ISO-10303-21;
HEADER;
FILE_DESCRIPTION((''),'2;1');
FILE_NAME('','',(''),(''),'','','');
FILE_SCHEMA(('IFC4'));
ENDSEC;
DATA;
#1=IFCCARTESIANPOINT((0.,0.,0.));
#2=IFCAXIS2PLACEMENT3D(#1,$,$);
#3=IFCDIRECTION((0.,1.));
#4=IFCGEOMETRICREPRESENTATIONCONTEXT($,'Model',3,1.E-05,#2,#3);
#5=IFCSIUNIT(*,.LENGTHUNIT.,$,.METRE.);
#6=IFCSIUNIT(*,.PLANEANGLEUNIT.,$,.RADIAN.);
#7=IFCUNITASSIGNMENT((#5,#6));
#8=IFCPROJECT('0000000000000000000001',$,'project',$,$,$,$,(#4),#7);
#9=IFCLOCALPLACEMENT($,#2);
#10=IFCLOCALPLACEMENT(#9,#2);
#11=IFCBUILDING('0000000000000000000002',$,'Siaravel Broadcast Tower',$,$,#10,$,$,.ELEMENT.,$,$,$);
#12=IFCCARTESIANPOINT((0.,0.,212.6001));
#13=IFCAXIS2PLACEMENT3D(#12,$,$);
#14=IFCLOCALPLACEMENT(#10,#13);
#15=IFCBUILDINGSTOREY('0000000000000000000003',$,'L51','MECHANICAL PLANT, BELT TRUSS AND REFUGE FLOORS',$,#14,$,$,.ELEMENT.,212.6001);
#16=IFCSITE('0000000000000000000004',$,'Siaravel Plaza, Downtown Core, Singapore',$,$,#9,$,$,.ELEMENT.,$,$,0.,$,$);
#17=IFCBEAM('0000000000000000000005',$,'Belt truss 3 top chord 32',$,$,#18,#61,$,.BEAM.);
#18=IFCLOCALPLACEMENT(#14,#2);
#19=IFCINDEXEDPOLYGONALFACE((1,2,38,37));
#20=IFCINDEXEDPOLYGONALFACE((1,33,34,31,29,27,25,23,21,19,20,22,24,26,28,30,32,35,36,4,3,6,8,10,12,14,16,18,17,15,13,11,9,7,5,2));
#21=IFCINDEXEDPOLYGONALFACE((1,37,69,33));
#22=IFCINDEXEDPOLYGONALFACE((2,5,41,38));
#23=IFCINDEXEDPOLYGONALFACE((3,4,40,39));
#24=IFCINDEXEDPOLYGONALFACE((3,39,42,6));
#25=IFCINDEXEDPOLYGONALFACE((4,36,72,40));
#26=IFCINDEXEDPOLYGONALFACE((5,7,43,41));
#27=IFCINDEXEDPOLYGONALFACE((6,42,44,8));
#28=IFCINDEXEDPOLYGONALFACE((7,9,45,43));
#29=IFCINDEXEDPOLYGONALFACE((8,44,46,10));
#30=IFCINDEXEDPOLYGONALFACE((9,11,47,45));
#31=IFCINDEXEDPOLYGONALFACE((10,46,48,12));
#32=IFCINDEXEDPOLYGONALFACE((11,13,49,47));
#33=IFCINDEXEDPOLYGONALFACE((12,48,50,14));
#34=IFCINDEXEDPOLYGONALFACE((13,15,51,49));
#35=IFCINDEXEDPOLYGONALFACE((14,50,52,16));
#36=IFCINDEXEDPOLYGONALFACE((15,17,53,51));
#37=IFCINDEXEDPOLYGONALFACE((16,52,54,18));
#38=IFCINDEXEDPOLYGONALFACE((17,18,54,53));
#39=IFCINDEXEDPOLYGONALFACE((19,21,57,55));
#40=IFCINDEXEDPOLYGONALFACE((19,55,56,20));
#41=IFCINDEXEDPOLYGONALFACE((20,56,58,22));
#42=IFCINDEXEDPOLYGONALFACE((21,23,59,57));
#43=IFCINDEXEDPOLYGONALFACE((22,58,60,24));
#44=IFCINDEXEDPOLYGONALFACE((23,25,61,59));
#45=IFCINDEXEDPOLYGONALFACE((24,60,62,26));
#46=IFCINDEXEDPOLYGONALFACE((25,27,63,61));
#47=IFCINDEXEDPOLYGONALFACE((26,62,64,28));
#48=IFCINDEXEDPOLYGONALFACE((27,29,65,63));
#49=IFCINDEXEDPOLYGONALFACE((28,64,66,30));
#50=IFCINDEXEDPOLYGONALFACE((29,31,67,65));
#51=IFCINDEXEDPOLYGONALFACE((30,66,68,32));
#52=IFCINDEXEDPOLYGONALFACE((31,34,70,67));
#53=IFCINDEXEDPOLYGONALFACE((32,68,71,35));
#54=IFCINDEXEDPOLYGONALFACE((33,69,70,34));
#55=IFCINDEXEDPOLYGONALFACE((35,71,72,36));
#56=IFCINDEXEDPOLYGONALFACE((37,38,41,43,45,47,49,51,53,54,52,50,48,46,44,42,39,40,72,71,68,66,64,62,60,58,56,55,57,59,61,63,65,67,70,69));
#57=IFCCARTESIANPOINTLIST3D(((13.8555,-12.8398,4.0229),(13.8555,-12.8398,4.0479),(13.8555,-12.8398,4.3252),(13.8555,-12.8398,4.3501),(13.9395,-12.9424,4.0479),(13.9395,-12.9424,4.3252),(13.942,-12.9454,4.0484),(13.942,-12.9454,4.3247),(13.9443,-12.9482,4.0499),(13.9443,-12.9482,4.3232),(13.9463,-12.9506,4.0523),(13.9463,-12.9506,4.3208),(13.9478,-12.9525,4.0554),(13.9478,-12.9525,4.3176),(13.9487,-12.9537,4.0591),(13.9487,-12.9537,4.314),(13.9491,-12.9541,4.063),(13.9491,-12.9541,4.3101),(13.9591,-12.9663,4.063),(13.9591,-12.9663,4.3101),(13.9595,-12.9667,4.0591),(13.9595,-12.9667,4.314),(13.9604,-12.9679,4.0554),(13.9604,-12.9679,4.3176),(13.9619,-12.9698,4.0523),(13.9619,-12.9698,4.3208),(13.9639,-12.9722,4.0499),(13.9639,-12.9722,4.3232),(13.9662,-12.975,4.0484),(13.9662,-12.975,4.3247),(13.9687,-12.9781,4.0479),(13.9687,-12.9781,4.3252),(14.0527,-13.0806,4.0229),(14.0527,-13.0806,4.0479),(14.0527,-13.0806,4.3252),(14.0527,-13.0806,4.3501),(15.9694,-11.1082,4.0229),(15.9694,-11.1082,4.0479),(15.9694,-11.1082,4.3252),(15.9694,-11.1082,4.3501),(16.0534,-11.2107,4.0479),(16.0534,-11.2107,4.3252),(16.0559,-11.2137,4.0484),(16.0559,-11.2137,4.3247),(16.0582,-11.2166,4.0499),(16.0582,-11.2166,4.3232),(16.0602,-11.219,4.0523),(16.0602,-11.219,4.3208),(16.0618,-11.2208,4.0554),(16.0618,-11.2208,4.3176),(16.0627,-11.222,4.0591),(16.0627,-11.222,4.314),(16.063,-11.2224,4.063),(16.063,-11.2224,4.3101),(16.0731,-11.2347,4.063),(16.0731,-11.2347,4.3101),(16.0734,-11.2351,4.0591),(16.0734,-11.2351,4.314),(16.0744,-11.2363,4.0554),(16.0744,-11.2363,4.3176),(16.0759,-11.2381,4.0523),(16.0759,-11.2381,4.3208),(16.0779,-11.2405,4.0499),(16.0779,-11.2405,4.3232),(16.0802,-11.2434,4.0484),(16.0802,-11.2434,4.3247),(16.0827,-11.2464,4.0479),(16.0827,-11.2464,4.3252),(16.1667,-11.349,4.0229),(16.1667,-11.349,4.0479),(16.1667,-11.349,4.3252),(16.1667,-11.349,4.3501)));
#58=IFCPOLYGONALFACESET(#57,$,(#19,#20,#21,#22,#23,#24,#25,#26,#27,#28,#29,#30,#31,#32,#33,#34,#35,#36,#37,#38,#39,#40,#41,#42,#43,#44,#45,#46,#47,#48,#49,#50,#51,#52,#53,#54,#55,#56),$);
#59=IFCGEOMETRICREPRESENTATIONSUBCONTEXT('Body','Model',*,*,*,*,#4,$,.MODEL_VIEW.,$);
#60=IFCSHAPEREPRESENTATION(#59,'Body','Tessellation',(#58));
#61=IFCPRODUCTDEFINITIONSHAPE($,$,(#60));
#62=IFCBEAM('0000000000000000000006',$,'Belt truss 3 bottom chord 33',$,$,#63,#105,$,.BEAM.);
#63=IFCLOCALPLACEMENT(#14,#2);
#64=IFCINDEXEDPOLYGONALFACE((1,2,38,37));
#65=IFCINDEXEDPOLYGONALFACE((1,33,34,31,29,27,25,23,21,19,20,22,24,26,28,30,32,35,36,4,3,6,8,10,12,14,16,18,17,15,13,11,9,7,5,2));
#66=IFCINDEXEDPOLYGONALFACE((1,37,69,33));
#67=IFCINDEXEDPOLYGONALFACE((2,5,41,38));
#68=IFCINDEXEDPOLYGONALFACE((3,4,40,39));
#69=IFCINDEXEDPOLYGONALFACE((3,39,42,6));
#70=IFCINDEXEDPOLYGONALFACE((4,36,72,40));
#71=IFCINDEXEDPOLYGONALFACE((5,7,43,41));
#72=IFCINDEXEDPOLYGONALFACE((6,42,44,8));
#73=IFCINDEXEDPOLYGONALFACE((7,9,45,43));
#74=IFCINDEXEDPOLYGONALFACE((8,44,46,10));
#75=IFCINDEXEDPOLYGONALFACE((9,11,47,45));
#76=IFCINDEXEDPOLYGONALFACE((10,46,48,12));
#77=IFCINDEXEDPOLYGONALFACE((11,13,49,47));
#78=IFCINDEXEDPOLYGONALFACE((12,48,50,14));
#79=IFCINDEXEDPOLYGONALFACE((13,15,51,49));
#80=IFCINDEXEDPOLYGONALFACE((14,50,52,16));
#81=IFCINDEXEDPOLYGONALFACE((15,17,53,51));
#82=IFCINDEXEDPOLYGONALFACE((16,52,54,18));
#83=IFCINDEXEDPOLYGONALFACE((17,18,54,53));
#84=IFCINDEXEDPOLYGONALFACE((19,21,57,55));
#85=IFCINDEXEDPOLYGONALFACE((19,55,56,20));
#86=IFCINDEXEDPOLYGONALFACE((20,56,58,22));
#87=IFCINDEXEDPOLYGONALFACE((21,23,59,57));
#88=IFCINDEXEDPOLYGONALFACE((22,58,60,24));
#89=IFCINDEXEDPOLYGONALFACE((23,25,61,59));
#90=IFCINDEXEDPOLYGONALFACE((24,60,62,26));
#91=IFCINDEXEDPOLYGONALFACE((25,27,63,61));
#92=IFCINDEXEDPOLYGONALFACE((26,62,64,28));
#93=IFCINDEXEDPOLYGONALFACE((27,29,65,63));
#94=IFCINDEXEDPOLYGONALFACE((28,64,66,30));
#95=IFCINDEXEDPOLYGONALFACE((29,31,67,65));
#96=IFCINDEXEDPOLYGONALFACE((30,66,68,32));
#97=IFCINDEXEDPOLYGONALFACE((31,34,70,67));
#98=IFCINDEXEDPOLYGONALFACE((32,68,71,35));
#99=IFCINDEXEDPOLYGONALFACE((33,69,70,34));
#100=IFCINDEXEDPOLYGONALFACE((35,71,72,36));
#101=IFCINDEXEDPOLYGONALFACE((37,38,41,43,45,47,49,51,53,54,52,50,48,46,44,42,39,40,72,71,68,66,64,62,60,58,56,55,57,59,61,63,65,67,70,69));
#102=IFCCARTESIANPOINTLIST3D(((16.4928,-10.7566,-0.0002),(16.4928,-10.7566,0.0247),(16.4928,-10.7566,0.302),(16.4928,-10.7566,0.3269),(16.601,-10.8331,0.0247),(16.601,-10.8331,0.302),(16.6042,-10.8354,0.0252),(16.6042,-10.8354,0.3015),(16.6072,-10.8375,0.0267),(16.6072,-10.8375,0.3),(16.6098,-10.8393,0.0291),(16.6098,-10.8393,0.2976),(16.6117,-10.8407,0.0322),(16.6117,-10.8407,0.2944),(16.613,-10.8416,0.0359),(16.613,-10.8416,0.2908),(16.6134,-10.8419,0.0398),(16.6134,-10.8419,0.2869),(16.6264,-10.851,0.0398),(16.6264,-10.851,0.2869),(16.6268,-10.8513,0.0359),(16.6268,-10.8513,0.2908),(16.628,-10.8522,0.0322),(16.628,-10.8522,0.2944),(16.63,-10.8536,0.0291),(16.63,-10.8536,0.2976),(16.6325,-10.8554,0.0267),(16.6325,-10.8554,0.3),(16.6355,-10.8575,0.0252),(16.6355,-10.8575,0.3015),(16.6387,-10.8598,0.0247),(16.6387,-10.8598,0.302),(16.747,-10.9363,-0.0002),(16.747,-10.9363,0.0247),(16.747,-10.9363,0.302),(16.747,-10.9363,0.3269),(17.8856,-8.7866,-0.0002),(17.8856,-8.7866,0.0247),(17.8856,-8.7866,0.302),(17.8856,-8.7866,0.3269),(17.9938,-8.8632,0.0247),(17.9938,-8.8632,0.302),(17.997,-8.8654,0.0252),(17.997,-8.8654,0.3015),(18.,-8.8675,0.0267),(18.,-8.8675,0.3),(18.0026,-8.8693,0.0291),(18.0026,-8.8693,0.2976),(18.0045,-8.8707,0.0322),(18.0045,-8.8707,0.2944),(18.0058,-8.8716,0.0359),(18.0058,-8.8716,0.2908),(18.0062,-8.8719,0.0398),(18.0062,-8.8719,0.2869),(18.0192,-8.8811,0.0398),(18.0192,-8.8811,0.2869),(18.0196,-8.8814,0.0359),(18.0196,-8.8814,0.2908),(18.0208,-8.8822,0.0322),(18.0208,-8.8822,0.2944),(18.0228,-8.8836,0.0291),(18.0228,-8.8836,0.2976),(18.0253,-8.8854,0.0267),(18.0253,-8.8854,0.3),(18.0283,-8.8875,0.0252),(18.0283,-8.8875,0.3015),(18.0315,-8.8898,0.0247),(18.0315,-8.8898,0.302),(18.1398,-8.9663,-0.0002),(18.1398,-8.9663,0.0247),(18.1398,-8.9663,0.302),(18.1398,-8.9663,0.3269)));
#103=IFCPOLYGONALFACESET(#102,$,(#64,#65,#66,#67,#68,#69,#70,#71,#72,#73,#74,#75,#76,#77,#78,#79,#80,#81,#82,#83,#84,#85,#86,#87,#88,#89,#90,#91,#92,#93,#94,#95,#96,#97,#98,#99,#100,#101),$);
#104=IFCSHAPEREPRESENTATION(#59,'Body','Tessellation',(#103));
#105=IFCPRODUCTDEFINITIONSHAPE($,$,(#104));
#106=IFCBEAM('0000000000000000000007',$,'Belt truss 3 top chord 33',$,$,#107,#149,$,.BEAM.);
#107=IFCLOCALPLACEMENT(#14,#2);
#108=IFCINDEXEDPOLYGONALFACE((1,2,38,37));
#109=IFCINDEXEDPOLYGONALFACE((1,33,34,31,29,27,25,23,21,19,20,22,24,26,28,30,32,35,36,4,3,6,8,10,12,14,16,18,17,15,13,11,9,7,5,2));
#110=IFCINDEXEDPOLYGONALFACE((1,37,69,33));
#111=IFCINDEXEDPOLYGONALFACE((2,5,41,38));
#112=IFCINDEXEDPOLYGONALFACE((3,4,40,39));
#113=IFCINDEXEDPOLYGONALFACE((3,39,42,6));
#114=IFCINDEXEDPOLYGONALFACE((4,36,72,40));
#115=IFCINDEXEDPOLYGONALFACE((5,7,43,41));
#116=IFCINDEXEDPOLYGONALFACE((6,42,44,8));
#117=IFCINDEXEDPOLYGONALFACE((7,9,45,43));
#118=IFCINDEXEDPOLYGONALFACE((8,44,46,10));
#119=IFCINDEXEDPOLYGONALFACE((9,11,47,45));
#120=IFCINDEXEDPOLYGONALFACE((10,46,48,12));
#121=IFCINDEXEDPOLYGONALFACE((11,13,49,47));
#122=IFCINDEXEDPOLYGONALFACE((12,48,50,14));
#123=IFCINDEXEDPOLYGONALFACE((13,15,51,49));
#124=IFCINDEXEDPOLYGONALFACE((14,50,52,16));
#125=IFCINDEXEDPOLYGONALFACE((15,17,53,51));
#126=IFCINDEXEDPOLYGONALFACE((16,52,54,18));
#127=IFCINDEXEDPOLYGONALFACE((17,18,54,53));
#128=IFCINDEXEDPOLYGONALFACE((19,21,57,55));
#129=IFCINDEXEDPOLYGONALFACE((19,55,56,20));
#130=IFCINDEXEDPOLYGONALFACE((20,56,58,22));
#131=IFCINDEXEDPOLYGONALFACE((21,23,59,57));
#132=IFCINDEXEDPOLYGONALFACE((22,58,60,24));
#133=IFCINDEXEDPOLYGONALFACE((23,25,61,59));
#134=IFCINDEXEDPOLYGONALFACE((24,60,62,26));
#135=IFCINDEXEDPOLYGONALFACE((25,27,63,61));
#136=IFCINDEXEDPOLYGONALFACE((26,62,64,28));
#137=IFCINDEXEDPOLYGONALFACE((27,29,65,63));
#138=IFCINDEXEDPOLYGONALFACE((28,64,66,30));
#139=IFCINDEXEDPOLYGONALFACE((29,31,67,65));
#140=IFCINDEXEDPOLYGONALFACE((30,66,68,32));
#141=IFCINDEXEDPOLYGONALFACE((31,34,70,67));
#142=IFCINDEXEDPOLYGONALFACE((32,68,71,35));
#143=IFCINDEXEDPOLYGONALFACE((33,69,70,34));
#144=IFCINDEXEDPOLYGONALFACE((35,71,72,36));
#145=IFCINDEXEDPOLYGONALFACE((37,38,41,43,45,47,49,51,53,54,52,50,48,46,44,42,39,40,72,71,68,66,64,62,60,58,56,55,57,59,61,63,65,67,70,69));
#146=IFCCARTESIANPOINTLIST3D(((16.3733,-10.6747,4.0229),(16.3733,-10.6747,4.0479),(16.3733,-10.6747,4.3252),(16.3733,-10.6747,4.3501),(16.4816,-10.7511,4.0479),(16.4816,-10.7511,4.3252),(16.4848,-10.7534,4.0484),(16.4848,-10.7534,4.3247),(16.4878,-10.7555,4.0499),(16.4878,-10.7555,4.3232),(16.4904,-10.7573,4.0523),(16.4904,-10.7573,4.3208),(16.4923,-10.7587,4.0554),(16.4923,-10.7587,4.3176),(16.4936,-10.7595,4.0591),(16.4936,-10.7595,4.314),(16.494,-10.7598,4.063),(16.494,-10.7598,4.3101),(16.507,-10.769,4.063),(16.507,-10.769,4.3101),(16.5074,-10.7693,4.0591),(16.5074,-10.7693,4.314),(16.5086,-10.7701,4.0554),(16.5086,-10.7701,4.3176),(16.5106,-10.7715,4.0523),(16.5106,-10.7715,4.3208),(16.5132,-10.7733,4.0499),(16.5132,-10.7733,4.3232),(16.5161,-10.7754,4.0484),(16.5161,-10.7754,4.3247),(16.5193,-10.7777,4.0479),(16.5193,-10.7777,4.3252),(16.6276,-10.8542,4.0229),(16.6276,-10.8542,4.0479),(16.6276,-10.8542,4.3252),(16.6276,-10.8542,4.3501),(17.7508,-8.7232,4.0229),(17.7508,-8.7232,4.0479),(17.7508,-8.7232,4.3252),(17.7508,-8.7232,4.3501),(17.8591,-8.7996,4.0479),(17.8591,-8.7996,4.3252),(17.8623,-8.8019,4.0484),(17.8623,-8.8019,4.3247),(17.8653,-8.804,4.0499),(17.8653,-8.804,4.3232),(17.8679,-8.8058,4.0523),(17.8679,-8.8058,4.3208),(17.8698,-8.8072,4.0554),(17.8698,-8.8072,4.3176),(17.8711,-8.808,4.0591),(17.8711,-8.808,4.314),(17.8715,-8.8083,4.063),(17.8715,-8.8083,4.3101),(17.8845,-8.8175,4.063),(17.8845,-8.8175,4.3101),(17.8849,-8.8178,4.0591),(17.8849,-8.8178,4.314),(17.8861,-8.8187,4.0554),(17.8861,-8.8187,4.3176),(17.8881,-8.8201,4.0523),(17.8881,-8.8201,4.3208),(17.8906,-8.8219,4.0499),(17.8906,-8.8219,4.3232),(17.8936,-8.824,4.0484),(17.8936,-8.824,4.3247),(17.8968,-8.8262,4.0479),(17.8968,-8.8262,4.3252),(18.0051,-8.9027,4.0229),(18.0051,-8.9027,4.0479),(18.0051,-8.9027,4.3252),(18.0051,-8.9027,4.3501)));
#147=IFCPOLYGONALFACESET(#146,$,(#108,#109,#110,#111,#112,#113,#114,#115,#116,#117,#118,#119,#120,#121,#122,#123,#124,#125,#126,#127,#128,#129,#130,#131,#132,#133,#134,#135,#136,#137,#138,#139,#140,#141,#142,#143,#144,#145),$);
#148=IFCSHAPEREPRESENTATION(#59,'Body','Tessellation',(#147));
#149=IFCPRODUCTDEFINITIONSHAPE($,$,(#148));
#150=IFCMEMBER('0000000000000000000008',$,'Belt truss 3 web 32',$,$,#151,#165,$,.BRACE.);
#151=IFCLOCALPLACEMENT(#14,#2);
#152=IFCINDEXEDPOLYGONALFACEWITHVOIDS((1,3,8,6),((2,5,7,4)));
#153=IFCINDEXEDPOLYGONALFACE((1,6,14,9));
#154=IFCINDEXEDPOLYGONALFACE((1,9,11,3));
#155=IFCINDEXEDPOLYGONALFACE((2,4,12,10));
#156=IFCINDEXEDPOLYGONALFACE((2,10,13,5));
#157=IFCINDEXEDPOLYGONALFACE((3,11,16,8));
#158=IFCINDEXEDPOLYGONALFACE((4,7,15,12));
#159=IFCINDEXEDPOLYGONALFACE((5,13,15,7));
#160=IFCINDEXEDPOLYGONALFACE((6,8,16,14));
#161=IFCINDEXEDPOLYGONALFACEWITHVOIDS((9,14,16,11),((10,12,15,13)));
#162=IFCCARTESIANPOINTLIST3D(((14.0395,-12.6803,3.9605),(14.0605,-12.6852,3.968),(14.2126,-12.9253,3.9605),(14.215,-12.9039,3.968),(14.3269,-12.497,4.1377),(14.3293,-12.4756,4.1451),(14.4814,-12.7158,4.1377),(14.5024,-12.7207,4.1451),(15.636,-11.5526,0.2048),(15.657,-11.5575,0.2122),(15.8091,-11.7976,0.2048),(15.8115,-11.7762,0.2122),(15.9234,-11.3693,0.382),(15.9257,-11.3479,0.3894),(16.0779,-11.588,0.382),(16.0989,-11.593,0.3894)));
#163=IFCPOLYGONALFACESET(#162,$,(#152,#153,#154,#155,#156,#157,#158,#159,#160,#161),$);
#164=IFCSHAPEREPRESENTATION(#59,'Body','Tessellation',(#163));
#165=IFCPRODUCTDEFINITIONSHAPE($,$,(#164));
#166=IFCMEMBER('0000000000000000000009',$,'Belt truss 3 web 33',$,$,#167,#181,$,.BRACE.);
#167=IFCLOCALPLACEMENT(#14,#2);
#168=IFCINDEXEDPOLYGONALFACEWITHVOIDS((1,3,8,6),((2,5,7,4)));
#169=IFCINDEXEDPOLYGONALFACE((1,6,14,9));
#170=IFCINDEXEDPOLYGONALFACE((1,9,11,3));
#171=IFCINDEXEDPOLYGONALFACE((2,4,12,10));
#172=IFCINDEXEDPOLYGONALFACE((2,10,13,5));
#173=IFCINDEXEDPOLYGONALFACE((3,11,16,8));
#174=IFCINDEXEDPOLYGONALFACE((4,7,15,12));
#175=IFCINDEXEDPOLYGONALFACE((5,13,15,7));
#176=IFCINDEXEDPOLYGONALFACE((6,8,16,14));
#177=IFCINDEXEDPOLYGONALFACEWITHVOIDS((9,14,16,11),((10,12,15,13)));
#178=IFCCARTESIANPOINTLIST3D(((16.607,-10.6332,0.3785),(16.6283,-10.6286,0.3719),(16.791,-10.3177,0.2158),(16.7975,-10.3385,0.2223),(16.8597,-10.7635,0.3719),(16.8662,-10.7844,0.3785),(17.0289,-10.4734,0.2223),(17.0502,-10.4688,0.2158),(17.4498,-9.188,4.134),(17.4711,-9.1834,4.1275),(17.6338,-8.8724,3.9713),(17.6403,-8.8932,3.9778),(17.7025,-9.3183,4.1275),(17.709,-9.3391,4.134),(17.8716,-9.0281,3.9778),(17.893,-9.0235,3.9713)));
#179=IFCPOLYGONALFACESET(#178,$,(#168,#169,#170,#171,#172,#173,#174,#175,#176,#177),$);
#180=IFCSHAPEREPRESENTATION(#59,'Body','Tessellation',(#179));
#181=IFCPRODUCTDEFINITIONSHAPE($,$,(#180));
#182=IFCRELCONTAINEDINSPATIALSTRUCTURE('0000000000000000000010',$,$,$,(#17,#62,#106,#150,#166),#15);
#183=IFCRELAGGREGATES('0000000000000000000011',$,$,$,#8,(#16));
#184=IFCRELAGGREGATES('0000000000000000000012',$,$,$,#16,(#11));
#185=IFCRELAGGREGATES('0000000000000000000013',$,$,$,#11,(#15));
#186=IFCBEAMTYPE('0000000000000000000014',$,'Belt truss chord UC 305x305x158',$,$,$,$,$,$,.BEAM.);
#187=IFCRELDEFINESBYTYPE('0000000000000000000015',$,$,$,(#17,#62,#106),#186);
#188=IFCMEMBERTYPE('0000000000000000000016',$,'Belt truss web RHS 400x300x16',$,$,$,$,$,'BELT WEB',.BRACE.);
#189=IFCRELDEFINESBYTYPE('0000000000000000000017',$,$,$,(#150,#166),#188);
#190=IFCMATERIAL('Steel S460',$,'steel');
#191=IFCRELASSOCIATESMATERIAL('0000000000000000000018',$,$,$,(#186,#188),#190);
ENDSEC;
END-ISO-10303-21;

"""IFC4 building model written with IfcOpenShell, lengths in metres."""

from ifc_helpers import new_model, si_unit, direction, frame, origin, origin_2d, place, context, subcontext, project, spatial, hollow_rectangle, i_section, extrude, material, material_profile, profile_set, type_object, element, save


model = new_model("IFC4")

# Units and contexts
model_context = context("Model", 3, precision=1e-05, world=origin(), true_north=direction((0.0, 1.0)))
body_context = subcontext(model_context, "Body", "Model", "MODEL_VIEW")
ifc_project = project(units=[si_unit("LENGTHUNIT", "METRE"), si_unit("PLANEANGLEUNIT", "RADIAN")], contexts=[model_context])

# Site, building, storey
site_placement = place(None, origin())
site = spatial("IfcSite", under=ifc_project, at=site_placement, Name="Siaravel Plaza, Downtown Core, Singapore", CompositionType="ELEMENT", RefElevation=0.0)
building_placement = place(site_placement, origin())
building = spatial("IfcBuilding", under=site, at=building_placement, Name="Siaravel Broadcast Tower", CompositionType="ELEMENT")
storey_placement = place(building_placement, frame((0.0, 0.0, 212.6001)))
storey = spatial("IfcBuildingStorey", under=building, at=storey_placement, Name="L51", Description="MECHANICAL PLANT, BELT TRUSS AND REFUGE FLOORS", CompositionType="ELEMENT", Elevation=212.6001)

# Beams
ifc_material_1 = material(Name="Steel S460", Category="steel")
ifc_material_profile_1 = material_profile(ifc_material_1, i_section(OverallWidth=0.3113, OverallDepth=0.3271, WebThickness=0.0159, FlangeThickness=0.0249, FilletRadius=0.0151, at=origin_2d()))
ifc_profile_set_1 = profile_set([ifc_material_profile_1], Name="Steel S460")
beam_type_1 = type_object("IfcBeamType", Name="Belt truss chord UC 305x305x158", PredefinedType="BEAM", material=ifc_profile_set_1)
beam_1_placement = place(storey_placement, frame((13.9541, -12.9602, 4.1865), z_axis=(0.773591, 0.633685, 0.0), x_axis=(-0.633685, 0.773591, 0.0)))
element("IfcBeam", 1, at=beam_1_placement, inside=storey, type_object=beam_type_1, Name="Belt truss 3 top chord 32", PredefinedType="BEAM", context=body_context, shape_type="SweptSolid", body=[
    extrude(i_section(OverallWidth=0.3113, OverallDepth=0.3271, WebThickness=0.0159, FlangeThickness=0.0249, FilletRadius=0.0151, at=origin_2d()), origin(), (0.0, 0.0, 1.0), 2.7327),
])
beam_2_placement = place(storey_placement, frame((16.6199, -10.8464, 0.1633), z_axis=(0.577307, 0.816527, 0.0), x_axis=(-0.816527, 0.577307, 0.0)))
element("IfcBeam", 2, at=beam_2_placement, inside=storey, type_object=beam_type_1, Name="Belt truss 3 bottom chord 33", PredefinedType="BEAM", context=body_context, shape_type="SweptSolid", body=[
    extrude(i_section(OverallWidth=0.3113, OverallDepth=0.3271, WebThickness=0.0159, FlangeThickness=0.0249, FilletRadius=0.0151, at=origin_2d()), origin(), (0.0, 0.0, 1.0), 2.4126),
])
beam_3_placement = place(storey_placement, frame((16.5005, -10.7644, 4.1865), z_axis=(0.576675, 0.816974, 0.0), x_axis=(-0.816974, 0.576675, 0.0)))
element("IfcBeam", 3, at=beam_3_placement, inside=storey, type_object=beam_type_1, Name="Belt truss 3 top chord 33", PredefinedType="BEAM", context=body_context, shape_type="SweptSolid", body=[
    extrude(i_section(OverallWidth=0.3113, OverallDepth=0.3271, WebThickness=0.0159, FlangeThickness=0.0249, FilletRadius=0.0151, at=origin_2d()), origin(), (0.0, 0.0, 1.0), 2.3887),
])

# Members
ifc_material_profile_2 = material_profile(ifc_material_1, hollow_rectangle(XDim=0.3, YDim=0.3999, WallThickness=0.0161, at=origin_2d()))
ifc_profile_set_2 = profile_set([ifc_material_profile_2], Name="Steel S460")
member_type_1 = type_object("IfcMemberType", Name="Belt truss web RHS 400x300x16", ElementType="BELT WEB", PredefinedType="BRACE", material=ifc_profile_set_2)
member_1_placement = place(storey_placement, frame((15.8674, -11.5728, 0.2971), z_axis=(-0.377071, -0.266354, 0.887059), x_axis=(0.576953, -0.816777, 0.0)))
element("IfcMember", 4, at=member_1_placement, inside=storey, type_object=member_type_1, Name="Belt truss 3 web 32", PredefinedType="BRACE", context=body_context, shape_type="SweptSolid", body=[
    extrude(hollow_rectangle(XDim=0.3, YDim=0.3999, WallThickness=0.0161, at=origin_2d()), origin(), (0.0, 0.0, 1.0), 4.2339),
])
member_2_placement = place(storey_placement, frame((16.8286, -10.551, 0.2971), z_axis=(0.204983, 0.351535, 0.913458), x_axis=(-0.863864, 0.503726, 0.0)))
element("IfcMember", 5, at=member_2_placement, inside=storey, type_object=member_type_1, Name="Belt truss 3 web 33", PredefinedType="BRACE", context=body_context, shape_type="SweptSolid", body=[
    extrude(hollow_rectangle(XDim=0.3, YDim=0.3999, WallThickness=0.0161, at=origin_2d()), origin(), (0.0, 0.0, 1.0), 4.1113),
])

save(model, "model.ifc")
